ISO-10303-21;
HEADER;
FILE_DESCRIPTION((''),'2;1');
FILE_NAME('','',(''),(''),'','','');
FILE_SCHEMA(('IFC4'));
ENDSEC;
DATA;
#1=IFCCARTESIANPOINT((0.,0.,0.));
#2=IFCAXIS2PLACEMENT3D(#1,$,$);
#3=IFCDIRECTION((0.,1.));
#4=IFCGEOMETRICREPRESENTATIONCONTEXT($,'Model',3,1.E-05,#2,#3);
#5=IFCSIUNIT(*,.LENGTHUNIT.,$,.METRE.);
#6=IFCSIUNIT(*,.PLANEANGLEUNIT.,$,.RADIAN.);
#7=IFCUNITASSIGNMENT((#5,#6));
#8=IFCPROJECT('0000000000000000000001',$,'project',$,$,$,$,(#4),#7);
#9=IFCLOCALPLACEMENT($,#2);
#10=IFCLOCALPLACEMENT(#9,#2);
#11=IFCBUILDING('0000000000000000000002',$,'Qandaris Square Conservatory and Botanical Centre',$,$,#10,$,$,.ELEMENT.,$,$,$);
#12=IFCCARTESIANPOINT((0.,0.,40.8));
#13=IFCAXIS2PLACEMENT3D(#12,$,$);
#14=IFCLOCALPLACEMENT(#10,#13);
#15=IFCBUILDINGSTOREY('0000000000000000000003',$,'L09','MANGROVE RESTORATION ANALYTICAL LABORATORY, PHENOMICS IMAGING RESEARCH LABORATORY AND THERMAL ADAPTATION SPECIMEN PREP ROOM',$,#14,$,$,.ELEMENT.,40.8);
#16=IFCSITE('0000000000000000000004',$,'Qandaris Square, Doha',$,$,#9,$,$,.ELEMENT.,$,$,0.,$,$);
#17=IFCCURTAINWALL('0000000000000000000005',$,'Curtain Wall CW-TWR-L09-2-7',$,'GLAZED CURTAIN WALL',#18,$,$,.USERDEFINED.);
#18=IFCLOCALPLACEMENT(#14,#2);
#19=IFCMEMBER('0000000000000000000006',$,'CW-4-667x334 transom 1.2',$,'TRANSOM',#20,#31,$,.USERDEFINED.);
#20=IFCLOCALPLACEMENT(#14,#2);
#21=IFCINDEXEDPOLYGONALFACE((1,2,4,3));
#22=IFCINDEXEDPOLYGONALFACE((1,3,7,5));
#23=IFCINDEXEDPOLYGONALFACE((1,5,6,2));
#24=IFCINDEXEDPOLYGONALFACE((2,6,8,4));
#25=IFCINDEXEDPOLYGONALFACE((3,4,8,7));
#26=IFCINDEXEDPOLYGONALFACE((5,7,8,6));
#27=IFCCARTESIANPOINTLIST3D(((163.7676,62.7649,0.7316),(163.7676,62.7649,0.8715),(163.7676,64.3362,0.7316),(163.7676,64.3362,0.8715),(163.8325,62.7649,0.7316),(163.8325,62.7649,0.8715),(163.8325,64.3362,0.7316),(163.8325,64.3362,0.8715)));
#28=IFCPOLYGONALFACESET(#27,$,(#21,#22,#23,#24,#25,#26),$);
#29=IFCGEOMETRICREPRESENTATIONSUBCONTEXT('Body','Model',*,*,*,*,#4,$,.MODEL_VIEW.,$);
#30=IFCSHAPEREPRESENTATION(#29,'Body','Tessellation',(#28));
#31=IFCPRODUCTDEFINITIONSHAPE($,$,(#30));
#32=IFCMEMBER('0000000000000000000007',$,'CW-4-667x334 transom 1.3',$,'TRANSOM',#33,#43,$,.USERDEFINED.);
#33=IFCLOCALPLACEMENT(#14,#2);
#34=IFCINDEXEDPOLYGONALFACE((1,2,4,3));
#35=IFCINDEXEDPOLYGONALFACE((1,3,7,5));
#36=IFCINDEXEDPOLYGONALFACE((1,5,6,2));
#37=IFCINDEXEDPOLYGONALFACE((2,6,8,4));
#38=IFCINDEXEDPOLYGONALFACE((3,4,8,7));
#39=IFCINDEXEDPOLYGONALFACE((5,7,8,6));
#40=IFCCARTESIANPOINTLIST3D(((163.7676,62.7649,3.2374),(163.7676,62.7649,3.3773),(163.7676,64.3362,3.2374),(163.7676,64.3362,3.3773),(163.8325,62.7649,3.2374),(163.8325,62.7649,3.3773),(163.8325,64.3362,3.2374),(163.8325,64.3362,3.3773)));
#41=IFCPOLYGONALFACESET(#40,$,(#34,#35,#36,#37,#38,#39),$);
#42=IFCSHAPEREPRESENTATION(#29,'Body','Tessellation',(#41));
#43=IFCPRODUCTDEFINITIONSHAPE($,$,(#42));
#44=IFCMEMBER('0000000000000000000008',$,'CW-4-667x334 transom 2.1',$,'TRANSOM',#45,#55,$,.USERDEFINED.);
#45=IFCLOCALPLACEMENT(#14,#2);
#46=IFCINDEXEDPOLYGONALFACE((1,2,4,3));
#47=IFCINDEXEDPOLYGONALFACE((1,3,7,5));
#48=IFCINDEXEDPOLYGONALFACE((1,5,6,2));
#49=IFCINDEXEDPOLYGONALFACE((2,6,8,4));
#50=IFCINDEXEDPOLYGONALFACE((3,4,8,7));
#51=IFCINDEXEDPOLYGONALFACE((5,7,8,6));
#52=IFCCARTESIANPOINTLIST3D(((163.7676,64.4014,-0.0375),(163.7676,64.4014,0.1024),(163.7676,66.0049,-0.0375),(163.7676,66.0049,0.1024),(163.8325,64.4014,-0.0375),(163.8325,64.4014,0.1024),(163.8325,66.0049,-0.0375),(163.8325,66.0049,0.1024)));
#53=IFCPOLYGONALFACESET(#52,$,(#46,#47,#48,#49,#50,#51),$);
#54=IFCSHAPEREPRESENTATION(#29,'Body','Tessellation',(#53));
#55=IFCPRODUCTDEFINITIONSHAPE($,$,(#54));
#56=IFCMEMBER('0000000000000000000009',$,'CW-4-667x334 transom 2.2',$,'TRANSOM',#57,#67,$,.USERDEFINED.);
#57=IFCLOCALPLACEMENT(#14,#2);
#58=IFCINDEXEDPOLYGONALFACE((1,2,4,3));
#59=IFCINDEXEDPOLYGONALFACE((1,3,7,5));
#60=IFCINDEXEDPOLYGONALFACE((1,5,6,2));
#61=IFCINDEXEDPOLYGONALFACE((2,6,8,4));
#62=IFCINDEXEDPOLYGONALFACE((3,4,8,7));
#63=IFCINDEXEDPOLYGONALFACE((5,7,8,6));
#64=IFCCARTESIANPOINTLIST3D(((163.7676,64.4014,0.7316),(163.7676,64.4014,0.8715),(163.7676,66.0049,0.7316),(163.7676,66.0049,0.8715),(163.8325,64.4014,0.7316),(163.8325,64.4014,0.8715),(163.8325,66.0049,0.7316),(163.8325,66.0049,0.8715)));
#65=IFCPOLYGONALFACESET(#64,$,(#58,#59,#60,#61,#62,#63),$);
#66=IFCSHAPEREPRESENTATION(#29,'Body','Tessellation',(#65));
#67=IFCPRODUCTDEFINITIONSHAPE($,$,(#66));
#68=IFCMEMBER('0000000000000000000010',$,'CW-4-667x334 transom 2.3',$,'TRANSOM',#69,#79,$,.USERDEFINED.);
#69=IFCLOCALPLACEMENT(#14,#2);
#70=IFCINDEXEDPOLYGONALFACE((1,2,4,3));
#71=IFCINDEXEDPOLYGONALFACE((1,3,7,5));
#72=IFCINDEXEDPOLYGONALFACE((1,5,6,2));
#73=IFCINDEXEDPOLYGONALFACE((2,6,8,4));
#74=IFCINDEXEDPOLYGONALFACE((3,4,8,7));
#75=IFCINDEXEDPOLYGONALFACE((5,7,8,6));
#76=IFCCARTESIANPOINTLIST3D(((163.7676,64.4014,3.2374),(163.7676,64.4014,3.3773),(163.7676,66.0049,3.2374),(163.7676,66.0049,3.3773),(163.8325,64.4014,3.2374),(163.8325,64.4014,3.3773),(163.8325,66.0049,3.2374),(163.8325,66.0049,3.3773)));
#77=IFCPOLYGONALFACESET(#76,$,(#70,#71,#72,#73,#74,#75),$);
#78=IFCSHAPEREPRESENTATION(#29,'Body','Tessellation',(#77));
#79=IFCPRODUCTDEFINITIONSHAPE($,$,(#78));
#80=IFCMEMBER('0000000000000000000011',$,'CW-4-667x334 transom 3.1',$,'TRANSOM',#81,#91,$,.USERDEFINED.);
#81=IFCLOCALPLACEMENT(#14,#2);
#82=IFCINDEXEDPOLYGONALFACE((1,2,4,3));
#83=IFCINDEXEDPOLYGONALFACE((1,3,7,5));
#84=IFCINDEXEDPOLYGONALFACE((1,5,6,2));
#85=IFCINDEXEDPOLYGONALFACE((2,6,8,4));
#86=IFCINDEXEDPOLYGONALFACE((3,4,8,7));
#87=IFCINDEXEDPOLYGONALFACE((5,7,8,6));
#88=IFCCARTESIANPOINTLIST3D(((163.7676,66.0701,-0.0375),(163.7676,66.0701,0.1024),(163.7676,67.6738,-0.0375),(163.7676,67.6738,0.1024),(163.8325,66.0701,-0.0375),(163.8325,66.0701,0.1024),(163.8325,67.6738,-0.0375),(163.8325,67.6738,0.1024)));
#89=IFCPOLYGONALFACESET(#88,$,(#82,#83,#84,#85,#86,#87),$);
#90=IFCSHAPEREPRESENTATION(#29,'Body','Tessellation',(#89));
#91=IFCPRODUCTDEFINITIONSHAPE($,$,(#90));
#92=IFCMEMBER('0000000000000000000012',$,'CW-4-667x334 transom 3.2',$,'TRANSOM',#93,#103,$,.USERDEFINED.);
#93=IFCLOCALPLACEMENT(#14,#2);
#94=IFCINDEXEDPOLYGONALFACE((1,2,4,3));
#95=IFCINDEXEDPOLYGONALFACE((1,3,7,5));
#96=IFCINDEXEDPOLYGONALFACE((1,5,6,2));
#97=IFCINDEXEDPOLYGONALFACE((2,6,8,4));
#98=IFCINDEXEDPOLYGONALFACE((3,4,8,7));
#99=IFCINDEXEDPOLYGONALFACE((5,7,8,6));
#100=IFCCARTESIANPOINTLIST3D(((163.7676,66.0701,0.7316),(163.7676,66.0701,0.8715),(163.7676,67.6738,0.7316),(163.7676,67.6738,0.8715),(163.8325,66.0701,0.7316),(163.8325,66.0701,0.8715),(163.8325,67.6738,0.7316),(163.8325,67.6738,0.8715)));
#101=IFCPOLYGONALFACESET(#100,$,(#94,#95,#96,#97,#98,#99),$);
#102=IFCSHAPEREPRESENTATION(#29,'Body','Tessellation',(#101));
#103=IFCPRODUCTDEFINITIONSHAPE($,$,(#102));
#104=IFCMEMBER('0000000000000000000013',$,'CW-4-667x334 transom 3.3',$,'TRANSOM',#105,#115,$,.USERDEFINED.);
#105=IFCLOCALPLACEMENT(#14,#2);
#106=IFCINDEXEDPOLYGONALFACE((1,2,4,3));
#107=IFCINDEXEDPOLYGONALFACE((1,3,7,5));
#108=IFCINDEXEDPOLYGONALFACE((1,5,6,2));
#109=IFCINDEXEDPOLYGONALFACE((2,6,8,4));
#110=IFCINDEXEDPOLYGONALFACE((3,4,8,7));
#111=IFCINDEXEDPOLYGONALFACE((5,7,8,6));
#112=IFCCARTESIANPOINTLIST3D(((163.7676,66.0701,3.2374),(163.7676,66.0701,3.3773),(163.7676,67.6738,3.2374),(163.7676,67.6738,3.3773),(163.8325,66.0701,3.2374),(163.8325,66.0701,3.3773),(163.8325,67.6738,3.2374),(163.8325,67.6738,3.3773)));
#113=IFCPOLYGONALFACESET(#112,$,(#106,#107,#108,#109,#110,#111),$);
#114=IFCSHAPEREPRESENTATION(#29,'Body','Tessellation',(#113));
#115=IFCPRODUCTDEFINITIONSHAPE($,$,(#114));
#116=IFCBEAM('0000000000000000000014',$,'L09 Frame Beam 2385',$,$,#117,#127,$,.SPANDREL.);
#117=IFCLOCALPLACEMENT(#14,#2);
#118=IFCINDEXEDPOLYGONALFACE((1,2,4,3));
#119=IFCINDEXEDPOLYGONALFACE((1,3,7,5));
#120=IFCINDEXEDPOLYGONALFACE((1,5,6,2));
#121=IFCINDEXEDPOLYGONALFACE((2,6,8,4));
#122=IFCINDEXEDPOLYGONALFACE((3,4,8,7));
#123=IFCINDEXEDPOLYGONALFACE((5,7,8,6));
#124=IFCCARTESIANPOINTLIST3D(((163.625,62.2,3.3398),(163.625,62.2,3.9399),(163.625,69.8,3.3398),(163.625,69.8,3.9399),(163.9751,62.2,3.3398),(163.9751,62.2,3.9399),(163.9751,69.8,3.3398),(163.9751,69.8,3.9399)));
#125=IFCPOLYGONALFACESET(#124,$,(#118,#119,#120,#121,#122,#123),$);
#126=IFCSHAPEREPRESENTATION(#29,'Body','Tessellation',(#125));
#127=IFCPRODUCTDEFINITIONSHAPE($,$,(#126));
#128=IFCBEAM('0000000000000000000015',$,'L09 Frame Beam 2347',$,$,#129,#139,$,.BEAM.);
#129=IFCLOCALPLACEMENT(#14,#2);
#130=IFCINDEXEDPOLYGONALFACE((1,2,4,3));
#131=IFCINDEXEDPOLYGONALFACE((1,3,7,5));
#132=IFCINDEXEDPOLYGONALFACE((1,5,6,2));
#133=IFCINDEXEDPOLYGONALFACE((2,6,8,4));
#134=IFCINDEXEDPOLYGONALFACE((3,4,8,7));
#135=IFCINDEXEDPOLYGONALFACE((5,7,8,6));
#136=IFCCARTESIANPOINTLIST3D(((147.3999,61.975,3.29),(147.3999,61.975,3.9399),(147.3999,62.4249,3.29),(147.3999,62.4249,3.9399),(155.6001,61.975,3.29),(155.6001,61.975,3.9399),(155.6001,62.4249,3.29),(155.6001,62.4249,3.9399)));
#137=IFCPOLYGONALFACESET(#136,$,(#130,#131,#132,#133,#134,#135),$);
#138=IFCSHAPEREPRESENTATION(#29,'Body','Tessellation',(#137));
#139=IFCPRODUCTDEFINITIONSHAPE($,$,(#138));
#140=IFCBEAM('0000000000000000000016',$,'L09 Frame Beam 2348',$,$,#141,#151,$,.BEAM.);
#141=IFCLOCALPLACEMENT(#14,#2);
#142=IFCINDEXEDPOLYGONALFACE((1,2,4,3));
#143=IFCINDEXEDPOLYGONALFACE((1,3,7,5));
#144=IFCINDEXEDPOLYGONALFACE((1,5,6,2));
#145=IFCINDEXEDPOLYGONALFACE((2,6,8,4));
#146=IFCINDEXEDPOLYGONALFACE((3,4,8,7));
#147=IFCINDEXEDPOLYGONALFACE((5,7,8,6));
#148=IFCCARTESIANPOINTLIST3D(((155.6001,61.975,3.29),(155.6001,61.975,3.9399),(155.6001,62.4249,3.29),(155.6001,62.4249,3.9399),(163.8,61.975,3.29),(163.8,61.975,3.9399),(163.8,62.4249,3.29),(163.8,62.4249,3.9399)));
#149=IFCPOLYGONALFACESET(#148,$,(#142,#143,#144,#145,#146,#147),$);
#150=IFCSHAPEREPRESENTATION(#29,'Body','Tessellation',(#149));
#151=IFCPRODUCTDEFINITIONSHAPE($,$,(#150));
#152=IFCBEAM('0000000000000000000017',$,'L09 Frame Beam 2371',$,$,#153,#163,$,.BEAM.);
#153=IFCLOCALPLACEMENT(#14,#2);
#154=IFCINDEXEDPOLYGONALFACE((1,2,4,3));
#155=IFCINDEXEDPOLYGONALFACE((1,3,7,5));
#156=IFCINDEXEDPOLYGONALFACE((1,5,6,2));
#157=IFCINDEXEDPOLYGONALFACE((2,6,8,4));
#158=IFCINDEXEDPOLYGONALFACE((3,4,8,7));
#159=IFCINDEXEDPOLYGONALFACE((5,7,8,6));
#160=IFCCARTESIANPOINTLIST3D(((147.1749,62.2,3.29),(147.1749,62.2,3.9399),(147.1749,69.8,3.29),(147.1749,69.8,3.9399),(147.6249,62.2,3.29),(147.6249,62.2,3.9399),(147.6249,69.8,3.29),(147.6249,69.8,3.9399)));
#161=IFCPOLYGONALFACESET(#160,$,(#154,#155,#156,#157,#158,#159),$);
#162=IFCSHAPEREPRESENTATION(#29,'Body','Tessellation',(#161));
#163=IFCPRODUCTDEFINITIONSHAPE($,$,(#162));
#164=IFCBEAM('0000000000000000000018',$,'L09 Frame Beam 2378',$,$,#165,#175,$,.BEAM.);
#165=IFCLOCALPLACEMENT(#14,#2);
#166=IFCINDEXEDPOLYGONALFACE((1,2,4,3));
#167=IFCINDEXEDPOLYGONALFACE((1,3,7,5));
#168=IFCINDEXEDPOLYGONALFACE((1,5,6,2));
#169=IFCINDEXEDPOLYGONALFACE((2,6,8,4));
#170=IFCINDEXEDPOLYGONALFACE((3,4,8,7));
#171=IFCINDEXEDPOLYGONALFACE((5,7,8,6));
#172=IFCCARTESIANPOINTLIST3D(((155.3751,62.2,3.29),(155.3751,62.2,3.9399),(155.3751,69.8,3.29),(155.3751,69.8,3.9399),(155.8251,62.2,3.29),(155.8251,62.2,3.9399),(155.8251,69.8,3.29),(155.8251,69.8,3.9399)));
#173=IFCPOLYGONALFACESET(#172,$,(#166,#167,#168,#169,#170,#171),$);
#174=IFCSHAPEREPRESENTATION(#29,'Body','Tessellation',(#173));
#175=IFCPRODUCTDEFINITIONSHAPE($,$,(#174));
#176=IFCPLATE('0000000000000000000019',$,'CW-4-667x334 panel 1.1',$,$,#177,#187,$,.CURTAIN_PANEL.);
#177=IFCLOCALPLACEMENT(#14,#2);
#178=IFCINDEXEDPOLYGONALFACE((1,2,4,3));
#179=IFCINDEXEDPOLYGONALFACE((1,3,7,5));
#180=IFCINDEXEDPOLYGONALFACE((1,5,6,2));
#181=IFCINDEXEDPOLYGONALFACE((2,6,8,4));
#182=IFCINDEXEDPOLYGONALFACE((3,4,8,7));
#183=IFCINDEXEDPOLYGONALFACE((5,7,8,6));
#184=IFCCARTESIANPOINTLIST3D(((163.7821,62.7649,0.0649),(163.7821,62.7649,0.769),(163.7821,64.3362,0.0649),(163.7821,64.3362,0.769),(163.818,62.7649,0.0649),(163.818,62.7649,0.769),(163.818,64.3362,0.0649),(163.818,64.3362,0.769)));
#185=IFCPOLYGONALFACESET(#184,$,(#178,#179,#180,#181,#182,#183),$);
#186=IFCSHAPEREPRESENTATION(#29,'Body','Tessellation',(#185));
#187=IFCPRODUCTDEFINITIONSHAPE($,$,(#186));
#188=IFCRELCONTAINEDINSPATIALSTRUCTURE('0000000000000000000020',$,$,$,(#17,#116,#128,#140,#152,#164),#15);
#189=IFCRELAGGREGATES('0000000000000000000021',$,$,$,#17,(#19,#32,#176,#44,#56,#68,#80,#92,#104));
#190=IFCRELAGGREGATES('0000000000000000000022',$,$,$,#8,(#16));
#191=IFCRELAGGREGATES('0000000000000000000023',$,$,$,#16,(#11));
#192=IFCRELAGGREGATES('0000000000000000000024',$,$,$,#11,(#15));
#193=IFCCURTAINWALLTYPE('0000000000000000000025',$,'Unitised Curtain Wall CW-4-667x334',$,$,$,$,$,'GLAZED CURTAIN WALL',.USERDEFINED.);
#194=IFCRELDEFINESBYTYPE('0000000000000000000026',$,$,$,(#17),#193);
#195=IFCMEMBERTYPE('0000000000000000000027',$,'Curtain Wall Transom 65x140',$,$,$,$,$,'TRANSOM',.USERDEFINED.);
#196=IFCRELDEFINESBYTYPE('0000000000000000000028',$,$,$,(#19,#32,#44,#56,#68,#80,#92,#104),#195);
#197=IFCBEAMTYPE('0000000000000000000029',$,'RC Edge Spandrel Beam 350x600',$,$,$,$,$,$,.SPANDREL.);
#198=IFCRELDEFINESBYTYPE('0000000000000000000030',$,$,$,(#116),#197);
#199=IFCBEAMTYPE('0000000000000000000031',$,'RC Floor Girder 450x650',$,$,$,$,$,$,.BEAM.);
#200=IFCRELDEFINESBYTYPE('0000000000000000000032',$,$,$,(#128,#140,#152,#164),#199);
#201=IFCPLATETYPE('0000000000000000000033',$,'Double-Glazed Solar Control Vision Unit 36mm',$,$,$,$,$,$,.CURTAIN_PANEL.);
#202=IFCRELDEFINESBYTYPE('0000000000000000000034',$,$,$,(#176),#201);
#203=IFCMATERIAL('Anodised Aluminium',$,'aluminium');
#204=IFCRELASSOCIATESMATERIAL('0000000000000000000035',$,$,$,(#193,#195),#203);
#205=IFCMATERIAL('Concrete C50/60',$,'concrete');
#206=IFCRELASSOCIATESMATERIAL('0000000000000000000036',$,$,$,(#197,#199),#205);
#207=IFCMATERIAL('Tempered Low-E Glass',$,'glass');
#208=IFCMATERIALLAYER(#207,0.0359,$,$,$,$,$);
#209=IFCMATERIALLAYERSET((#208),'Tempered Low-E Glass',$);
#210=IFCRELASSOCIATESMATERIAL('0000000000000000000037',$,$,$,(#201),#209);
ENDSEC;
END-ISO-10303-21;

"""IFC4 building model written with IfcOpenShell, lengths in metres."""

from ifc_helpers import new_model, si_unit, direction, frame, origin, origin_2d, place, context, subcontext, project, spatial, rectangle, extrude, material, layer, layer_set, material_profile, profile_set, type_object, element, aggregate, save


model = new_model("IFC4")

# Units and contexts
model_context = context("Model", 3, precision=1e-05, world=origin(), true_north=direction((0.0, 1.0)))
body_context = subcontext(model_context, "Body", "Model", "MODEL_VIEW")
ifc_project = project(units=[si_unit("LENGTHUNIT", "METRE"), si_unit("PLANEANGLEUNIT", "RADIAN")], contexts=[model_context])

# Site, building, storey
site_placement = place(None, origin())
site = spatial("IfcSite", under=ifc_project, at=site_placement, Name="Qandaris Square, Doha", CompositionType="ELEMENT", RefElevation=0.0)
building_placement = place(site_placement, origin())
building = spatial("IfcBuilding", under=site, at=building_placement, Name="Qandaris Square Conservatory and Botanical Centre", CompositionType="ELEMENT")
storey_placement = place(building_placement, frame((0.0, 0.0, 40.8)))
storey = spatial("IfcBuildingStorey", under=building, at=storey_placement, Name="L09", Description="MANGROVE RESTORATION ANALYTICAL LABORATORY, PHENOMICS IMAGING RESEARCH LABORATORY AND THERMAL ADAPTATION SPECIMEN PREP ROOM", CompositionType="ELEMENT", Elevation=40.8)

# Shared definitions
ifc_material_1 = material(Name="Concrete C50/60", Category="concrete")

# Curtain wall, members
ifc_material_2 = material(Name="Anodised Aluminium", Category="aluminium")
curtain_wall_type = type_object("IfcCurtainWallType", Name="Unitised Curtain Wall CW-4-667x334", ElementType="GLAZED CURTAIN WALL", PredefinedType="USERDEFINED", material=ifc_material_2)
curtain_wall_placement = place(storey_placement, origin())
curtain_wall = element("IfcCurtainWall", 1, at=curtain_wall_placement, inside=storey, type_object=curtain_wall_type, Name="Curtain Wall CW-TWR-L09-2-7", ObjectType="GLAZED CURTAIN WALL", PredefinedType="USERDEFINED")
ifc_material_profile_1 = material_profile(ifc_material_2, rectangle(XDim=0.0649, YDim=0.1399, at=origin_2d()), Name="ALU-TRN 65x140")
ifc_profile_set_1 = profile_set([ifc_material_profile_1], Name="Anodised Aluminium")
member_type_1 = type_object("IfcMemberType", Name="Curtain Wall Transom 65x140", ElementType="TRANSOM", PredefinedType="USERDEFINED", material=ifc_profile_set_1)
member_1_placement = place(storey_placement, frame((163.8, 62.7649, 0.8015), z_axis=(0.0, 1.0, 0.0), x_axis=(-1.0, 0.0, 0.0)))
member_1 = element("IfcMember", 2, at=member_1_placement, type_object=member_type_1, Name="CW-4-667x334 transom 1.2", ObjectType="TRANSOM", PredefinedType="USERDEFINED", context=body_context, shape_type="SweptSolid", body=[
    extrude(rectangle(XDim=0.0649, YDim=0.1399, at=origin_2d()), origin(), (0.0, 0.0, 1.0), 1.5713),
])
member_2_placement = place(storey_placement, frame((163.8, 62.7649, 3.3074), z_axis=(0.0, 1.0, 0.0), x_axis=(-1.0, 0.0, 0.0)))
member_2 = element("IfcMember", 3, at=member_2_placement, type_object=member_type_1, Name="CW-4-667x334 transom 1.3", ObjectType="TRANSOM", PredefinedType="USERDEFINED", context=body_context, shape_type="SweptSolid", body=[
    extrude(rectangle(XDim=0.0649, YDim=0.1399, at=origin_2d()), origin(), (0.0, 0.0, 1.0), 1.5713),
])
member_3_placement = place(storey_placement, frame((163.8, 64.4014, 0.0325), z_axis=(0.0, 1.0, 0.0), x_axis=(-1.0, 0.0, 0.0)))
member_3 = element("IfcMember", 4, at=member_3_placement, type_object=member_type_1, Name="CW-4-667x334 transom 2.1", ObjectType="TRANSOM", PredefinedType="USERDEFINED", context=body_context, shape_type="SweptSolid", body=[
    extrude(rectangle(XDim=0.0649, YDim=0.1399, at=origin_2d()), origin(), (0.0, 0.0, 1.0), 1.6035),
])
member_4_placement = place(storey_placement, frame((163.8, 64.4014, 0.8015), z_axis=(0.0, 1.0, 0.0), x_axis=(-1.0, 0.0, 0.0)))
member_4 = element("IfcMember", 5, at=member_4_placement, type_object=member_type_1, Name="CW-4-667x334 transom 2.2", ObjectType="TRANSOM", PredefinedType="USERDEFINED", context=body_context, shape_type="SweptSolid", body=[
    extrude(rectangle(XDim=0.0649, YDim=0.1399, at=origin_2d()), origin(), (0.0, 0.0, 1.0), 1.6035),
])
member_5_placement = place(storey_placement, frame((163.8, 64.4014, 3.3074), z_axis=(0.0, 1.0, 0.0), x_axis=(-1.0, 0.0, 0.0)))
member_5 = element("IfcMember", 6, at=member_5_placement, type_object=member_type_1, Name="CW-4-667x334 transom 2.3", ObjectType="TRANSOM", PredefinedType="USERDEFINED", context=body_context, shape_type="SweptSolid", body=[
    extrude(rectangle(XDim=0.0649, YDim=0.1399, at=origin_2d()), origin(), (0.0, 0.0, 1.0), 1.6035),
])
member_6_placement = place(storey_placement, frame((163.8, 66.0701, 0.0325), z_axis=(0.0, 1.0, 0.0), x_axis=(-1.0, 0.0, 0.0)))
member_6 = element("IfcMember", 7, at=member_6_placement, type_object=member_type_1, Name="CW-4-667x334 transom 3.1", ObjectType="TRANSOM", PredefinedType="USERDEFINED", context=body_context, shape_type="SweptSolid", body=[
    extrude(rectangle(XDim=0.0649, YDim=0.1399, at=origin_2d()), origin(), (0.0, 0.0, 1.0), 1.6038),
])
member_7_placement = place(storey_placement, frame((163.8, 66.0701, 0.8015), z_axis=(0.0, 1.0, 0.0), x_axis=(-1.0, 0.0, 0.0)))
member_7 = element("IfcMember", 8, at=member_7_placement, type_object=member_type_1, Name="CW-4-667x334 transom 3.2", ObjectType="TRANSOM", PredefinedType="USERDEFINED", context=body_context, shape_type="SweptSolid", body=[
    extrude(rectangle(XDim=0.0649, YDim=0.1399, at=origin_2d()), origin(), (0.0, 0.0, 1.0), 1.6038),
])
member_8_placement = place(storey_placement, frame((163.8, 66.0701, 3.3074), z_axis=(0.0, 1.0, 0.0), x_axis=(-1.0, 0.0, 0.0)))
member_8 = element("IfcMember", 9, at=member_8_placement, type_object=member_type_1, Name="CW-4-667x334 transom 3.3", ObjectType="TRANSOM", PredefinedType="USERDEFINED", context=body_context, shape_type="SweptSolid", body=[
    extrude(rectangle(XDim=0.0649, YDim=0.1399, at=origin_2d()), origin(), (0.0, 0.0, 1.0), 1.6038),
])

# Beams
ifc_material_profile_2 = material_profile(ifc_material_1, rectangle(XDim=0.3501, YDim=0.6001, at=origin_2d()), Name="RC-SP 350x600")
ifc_profile_set_2 = profile_set([ifc_material_profile_2], Name="Concrete C50/60")
beam_type_1 = type_object("IfcBeamType", Name="RC Edge Spandrel Beam 350x600", PredefinedType="SPANDREL", material=ifc_profile_set_2)
beam_1_placement = place(storey_placement, frame((163.8, 62.2, 3.6399), z_axis=(0.0, 1.0, 0.0), x_axis=(-1.0, 0.0, 0.0)))
element("IfcBeam", 10, at=beam_1_placement, inside=storey, type_object=beam_type_1, Name="L09 Frame Beam 2385", PredefinedType="SPANDREL", context=body_context, shape_type="SweptSolid", body=[
    extrude(rectangle(XDim=0.3501, YDim=0.6001, at=origin_2d()), origin(), (0.0, 0.0, 1.0), 7.6001),
])
ifc_material_profile_3 = material_profile(ifc_material_1, rectangle(XDim=0.45, YDim=0.6499, at=origin_2d()), Name="RC-BM 450x650")
ifc_profile_set_3 = profile_set([ifc_material_profile_3], Name="Concrete C50/60")
beam_type_2 = type_object("IfcBeamType", Name="RC Floor Girder 450x650", PredefinedType="BEAM", material=ifc_profile_set_3)
beam_2_placement = place(storey_placement, frame((147.3999, 62.2, 3.615), z_axis=(1.0, 0.0, 0.0), x_axis=(0.0, 1.0, 0.0)))
element("IfcBeam", 11, at=beam_2_placement, inside=storey, type_object=beam_type_2, Name="L09 Frame Beam 2347", PredefinedType="BEAM", context=body_context, shape_type="SweptSolid", body=[
    extrude(rectangle(XDim=0.45, YDim=0.6499, at=origin_2d()), origin(), (0.0, 0.0, 1.0), 8.2002),
])
beam_3_placement = place(storey_placement, frame((155.6001, 62.2, 3.615), z_axis=(1.0, 0.0, 0.0), x_axis=(0.0, 1.0, 0.0)))
element("IfcBeam", 12, at=beam_3_placement, inside=storey, type_object=beam_type_2, Name="L09 Frame Beam 2348", PredefinedType="BEAM", context=body_context, shape_type="SweptSolid", body=[
    extrude(rectangle(XDim=0.45, YDim=0.6499, at=origin_2d()), origin(), (0.0, 0.0, 1.0), 8.2),
])
for number, where, z_axis, x_axis, name in (
    (13, (147.3999, 62.2, 3.615), (0.0, 1.0, 0.0), (-1.0, 0.0, 0.0), "L09 Frame Beam 2371"),
    (14, (155.6001, 62.2, 3.615), (0.0, 1.0, 0.0), (-1.0, 0.0, 0.0), "L09 Frame Beam 2378"),
):
    element("IfcBeam", number, at=place(storey_placement, frame(where, z_axis=z_axis, x_axis=x_axis)), inside=storey, type_object=beam_type_2, Name=name, PredefinedType="BEAM", context=body_context, shape_type="SweptSolid", body=[
        extrude(rectangle(XDim=0.45, YDim=0.6499, at=origin_2d()), origin(), (0.0, 0.0, 1.0), 7.6001),
    ])

# Plate
ifc_material_3 = material(Name="Tempered Low-E Glass", Category="glass")
ifc_layer_1 = layer(ifc_material_3, 0.0359)
ifc_layer_set_1 = layer_set([ifc_layer_1], Name="Tempered Low-E Glass")
plate_type_1 = type_object("IfcPlateType", Name="Double-Glazed Solar Control Vision Unit 36mm", PredefinedType="CURTAIN_PANEL", material=ifc_layer_set_1)
plate_1_placement = place(storey_placement, frame((163.8, 63.5505, 0.0649), z_axis=(0.0, 0.0, 1.0), x_axis=(0.0, 1.0, 0.0)))
plate_1 = element("IfcPlate", 15, at=plate_1_placement, type_object=plate_type_1, Name="CW-4-667x334 panel 1.1", PredefinedType="CURTAIN_PANEL", context=body_context, shape_type="SweptSolid", body=[
    extrude(rectangle(XDim=1.5713, YDim=0.0359, at=origin_2d()), origin(), (0.0, 0.0, 1.0), 0.7041),
])
aggregate(curtain_wall, [member_1, member_2, plate_1, member_3, member_4, member_5, member_6, member_7, member_8])

save(model, "model.ifc")
